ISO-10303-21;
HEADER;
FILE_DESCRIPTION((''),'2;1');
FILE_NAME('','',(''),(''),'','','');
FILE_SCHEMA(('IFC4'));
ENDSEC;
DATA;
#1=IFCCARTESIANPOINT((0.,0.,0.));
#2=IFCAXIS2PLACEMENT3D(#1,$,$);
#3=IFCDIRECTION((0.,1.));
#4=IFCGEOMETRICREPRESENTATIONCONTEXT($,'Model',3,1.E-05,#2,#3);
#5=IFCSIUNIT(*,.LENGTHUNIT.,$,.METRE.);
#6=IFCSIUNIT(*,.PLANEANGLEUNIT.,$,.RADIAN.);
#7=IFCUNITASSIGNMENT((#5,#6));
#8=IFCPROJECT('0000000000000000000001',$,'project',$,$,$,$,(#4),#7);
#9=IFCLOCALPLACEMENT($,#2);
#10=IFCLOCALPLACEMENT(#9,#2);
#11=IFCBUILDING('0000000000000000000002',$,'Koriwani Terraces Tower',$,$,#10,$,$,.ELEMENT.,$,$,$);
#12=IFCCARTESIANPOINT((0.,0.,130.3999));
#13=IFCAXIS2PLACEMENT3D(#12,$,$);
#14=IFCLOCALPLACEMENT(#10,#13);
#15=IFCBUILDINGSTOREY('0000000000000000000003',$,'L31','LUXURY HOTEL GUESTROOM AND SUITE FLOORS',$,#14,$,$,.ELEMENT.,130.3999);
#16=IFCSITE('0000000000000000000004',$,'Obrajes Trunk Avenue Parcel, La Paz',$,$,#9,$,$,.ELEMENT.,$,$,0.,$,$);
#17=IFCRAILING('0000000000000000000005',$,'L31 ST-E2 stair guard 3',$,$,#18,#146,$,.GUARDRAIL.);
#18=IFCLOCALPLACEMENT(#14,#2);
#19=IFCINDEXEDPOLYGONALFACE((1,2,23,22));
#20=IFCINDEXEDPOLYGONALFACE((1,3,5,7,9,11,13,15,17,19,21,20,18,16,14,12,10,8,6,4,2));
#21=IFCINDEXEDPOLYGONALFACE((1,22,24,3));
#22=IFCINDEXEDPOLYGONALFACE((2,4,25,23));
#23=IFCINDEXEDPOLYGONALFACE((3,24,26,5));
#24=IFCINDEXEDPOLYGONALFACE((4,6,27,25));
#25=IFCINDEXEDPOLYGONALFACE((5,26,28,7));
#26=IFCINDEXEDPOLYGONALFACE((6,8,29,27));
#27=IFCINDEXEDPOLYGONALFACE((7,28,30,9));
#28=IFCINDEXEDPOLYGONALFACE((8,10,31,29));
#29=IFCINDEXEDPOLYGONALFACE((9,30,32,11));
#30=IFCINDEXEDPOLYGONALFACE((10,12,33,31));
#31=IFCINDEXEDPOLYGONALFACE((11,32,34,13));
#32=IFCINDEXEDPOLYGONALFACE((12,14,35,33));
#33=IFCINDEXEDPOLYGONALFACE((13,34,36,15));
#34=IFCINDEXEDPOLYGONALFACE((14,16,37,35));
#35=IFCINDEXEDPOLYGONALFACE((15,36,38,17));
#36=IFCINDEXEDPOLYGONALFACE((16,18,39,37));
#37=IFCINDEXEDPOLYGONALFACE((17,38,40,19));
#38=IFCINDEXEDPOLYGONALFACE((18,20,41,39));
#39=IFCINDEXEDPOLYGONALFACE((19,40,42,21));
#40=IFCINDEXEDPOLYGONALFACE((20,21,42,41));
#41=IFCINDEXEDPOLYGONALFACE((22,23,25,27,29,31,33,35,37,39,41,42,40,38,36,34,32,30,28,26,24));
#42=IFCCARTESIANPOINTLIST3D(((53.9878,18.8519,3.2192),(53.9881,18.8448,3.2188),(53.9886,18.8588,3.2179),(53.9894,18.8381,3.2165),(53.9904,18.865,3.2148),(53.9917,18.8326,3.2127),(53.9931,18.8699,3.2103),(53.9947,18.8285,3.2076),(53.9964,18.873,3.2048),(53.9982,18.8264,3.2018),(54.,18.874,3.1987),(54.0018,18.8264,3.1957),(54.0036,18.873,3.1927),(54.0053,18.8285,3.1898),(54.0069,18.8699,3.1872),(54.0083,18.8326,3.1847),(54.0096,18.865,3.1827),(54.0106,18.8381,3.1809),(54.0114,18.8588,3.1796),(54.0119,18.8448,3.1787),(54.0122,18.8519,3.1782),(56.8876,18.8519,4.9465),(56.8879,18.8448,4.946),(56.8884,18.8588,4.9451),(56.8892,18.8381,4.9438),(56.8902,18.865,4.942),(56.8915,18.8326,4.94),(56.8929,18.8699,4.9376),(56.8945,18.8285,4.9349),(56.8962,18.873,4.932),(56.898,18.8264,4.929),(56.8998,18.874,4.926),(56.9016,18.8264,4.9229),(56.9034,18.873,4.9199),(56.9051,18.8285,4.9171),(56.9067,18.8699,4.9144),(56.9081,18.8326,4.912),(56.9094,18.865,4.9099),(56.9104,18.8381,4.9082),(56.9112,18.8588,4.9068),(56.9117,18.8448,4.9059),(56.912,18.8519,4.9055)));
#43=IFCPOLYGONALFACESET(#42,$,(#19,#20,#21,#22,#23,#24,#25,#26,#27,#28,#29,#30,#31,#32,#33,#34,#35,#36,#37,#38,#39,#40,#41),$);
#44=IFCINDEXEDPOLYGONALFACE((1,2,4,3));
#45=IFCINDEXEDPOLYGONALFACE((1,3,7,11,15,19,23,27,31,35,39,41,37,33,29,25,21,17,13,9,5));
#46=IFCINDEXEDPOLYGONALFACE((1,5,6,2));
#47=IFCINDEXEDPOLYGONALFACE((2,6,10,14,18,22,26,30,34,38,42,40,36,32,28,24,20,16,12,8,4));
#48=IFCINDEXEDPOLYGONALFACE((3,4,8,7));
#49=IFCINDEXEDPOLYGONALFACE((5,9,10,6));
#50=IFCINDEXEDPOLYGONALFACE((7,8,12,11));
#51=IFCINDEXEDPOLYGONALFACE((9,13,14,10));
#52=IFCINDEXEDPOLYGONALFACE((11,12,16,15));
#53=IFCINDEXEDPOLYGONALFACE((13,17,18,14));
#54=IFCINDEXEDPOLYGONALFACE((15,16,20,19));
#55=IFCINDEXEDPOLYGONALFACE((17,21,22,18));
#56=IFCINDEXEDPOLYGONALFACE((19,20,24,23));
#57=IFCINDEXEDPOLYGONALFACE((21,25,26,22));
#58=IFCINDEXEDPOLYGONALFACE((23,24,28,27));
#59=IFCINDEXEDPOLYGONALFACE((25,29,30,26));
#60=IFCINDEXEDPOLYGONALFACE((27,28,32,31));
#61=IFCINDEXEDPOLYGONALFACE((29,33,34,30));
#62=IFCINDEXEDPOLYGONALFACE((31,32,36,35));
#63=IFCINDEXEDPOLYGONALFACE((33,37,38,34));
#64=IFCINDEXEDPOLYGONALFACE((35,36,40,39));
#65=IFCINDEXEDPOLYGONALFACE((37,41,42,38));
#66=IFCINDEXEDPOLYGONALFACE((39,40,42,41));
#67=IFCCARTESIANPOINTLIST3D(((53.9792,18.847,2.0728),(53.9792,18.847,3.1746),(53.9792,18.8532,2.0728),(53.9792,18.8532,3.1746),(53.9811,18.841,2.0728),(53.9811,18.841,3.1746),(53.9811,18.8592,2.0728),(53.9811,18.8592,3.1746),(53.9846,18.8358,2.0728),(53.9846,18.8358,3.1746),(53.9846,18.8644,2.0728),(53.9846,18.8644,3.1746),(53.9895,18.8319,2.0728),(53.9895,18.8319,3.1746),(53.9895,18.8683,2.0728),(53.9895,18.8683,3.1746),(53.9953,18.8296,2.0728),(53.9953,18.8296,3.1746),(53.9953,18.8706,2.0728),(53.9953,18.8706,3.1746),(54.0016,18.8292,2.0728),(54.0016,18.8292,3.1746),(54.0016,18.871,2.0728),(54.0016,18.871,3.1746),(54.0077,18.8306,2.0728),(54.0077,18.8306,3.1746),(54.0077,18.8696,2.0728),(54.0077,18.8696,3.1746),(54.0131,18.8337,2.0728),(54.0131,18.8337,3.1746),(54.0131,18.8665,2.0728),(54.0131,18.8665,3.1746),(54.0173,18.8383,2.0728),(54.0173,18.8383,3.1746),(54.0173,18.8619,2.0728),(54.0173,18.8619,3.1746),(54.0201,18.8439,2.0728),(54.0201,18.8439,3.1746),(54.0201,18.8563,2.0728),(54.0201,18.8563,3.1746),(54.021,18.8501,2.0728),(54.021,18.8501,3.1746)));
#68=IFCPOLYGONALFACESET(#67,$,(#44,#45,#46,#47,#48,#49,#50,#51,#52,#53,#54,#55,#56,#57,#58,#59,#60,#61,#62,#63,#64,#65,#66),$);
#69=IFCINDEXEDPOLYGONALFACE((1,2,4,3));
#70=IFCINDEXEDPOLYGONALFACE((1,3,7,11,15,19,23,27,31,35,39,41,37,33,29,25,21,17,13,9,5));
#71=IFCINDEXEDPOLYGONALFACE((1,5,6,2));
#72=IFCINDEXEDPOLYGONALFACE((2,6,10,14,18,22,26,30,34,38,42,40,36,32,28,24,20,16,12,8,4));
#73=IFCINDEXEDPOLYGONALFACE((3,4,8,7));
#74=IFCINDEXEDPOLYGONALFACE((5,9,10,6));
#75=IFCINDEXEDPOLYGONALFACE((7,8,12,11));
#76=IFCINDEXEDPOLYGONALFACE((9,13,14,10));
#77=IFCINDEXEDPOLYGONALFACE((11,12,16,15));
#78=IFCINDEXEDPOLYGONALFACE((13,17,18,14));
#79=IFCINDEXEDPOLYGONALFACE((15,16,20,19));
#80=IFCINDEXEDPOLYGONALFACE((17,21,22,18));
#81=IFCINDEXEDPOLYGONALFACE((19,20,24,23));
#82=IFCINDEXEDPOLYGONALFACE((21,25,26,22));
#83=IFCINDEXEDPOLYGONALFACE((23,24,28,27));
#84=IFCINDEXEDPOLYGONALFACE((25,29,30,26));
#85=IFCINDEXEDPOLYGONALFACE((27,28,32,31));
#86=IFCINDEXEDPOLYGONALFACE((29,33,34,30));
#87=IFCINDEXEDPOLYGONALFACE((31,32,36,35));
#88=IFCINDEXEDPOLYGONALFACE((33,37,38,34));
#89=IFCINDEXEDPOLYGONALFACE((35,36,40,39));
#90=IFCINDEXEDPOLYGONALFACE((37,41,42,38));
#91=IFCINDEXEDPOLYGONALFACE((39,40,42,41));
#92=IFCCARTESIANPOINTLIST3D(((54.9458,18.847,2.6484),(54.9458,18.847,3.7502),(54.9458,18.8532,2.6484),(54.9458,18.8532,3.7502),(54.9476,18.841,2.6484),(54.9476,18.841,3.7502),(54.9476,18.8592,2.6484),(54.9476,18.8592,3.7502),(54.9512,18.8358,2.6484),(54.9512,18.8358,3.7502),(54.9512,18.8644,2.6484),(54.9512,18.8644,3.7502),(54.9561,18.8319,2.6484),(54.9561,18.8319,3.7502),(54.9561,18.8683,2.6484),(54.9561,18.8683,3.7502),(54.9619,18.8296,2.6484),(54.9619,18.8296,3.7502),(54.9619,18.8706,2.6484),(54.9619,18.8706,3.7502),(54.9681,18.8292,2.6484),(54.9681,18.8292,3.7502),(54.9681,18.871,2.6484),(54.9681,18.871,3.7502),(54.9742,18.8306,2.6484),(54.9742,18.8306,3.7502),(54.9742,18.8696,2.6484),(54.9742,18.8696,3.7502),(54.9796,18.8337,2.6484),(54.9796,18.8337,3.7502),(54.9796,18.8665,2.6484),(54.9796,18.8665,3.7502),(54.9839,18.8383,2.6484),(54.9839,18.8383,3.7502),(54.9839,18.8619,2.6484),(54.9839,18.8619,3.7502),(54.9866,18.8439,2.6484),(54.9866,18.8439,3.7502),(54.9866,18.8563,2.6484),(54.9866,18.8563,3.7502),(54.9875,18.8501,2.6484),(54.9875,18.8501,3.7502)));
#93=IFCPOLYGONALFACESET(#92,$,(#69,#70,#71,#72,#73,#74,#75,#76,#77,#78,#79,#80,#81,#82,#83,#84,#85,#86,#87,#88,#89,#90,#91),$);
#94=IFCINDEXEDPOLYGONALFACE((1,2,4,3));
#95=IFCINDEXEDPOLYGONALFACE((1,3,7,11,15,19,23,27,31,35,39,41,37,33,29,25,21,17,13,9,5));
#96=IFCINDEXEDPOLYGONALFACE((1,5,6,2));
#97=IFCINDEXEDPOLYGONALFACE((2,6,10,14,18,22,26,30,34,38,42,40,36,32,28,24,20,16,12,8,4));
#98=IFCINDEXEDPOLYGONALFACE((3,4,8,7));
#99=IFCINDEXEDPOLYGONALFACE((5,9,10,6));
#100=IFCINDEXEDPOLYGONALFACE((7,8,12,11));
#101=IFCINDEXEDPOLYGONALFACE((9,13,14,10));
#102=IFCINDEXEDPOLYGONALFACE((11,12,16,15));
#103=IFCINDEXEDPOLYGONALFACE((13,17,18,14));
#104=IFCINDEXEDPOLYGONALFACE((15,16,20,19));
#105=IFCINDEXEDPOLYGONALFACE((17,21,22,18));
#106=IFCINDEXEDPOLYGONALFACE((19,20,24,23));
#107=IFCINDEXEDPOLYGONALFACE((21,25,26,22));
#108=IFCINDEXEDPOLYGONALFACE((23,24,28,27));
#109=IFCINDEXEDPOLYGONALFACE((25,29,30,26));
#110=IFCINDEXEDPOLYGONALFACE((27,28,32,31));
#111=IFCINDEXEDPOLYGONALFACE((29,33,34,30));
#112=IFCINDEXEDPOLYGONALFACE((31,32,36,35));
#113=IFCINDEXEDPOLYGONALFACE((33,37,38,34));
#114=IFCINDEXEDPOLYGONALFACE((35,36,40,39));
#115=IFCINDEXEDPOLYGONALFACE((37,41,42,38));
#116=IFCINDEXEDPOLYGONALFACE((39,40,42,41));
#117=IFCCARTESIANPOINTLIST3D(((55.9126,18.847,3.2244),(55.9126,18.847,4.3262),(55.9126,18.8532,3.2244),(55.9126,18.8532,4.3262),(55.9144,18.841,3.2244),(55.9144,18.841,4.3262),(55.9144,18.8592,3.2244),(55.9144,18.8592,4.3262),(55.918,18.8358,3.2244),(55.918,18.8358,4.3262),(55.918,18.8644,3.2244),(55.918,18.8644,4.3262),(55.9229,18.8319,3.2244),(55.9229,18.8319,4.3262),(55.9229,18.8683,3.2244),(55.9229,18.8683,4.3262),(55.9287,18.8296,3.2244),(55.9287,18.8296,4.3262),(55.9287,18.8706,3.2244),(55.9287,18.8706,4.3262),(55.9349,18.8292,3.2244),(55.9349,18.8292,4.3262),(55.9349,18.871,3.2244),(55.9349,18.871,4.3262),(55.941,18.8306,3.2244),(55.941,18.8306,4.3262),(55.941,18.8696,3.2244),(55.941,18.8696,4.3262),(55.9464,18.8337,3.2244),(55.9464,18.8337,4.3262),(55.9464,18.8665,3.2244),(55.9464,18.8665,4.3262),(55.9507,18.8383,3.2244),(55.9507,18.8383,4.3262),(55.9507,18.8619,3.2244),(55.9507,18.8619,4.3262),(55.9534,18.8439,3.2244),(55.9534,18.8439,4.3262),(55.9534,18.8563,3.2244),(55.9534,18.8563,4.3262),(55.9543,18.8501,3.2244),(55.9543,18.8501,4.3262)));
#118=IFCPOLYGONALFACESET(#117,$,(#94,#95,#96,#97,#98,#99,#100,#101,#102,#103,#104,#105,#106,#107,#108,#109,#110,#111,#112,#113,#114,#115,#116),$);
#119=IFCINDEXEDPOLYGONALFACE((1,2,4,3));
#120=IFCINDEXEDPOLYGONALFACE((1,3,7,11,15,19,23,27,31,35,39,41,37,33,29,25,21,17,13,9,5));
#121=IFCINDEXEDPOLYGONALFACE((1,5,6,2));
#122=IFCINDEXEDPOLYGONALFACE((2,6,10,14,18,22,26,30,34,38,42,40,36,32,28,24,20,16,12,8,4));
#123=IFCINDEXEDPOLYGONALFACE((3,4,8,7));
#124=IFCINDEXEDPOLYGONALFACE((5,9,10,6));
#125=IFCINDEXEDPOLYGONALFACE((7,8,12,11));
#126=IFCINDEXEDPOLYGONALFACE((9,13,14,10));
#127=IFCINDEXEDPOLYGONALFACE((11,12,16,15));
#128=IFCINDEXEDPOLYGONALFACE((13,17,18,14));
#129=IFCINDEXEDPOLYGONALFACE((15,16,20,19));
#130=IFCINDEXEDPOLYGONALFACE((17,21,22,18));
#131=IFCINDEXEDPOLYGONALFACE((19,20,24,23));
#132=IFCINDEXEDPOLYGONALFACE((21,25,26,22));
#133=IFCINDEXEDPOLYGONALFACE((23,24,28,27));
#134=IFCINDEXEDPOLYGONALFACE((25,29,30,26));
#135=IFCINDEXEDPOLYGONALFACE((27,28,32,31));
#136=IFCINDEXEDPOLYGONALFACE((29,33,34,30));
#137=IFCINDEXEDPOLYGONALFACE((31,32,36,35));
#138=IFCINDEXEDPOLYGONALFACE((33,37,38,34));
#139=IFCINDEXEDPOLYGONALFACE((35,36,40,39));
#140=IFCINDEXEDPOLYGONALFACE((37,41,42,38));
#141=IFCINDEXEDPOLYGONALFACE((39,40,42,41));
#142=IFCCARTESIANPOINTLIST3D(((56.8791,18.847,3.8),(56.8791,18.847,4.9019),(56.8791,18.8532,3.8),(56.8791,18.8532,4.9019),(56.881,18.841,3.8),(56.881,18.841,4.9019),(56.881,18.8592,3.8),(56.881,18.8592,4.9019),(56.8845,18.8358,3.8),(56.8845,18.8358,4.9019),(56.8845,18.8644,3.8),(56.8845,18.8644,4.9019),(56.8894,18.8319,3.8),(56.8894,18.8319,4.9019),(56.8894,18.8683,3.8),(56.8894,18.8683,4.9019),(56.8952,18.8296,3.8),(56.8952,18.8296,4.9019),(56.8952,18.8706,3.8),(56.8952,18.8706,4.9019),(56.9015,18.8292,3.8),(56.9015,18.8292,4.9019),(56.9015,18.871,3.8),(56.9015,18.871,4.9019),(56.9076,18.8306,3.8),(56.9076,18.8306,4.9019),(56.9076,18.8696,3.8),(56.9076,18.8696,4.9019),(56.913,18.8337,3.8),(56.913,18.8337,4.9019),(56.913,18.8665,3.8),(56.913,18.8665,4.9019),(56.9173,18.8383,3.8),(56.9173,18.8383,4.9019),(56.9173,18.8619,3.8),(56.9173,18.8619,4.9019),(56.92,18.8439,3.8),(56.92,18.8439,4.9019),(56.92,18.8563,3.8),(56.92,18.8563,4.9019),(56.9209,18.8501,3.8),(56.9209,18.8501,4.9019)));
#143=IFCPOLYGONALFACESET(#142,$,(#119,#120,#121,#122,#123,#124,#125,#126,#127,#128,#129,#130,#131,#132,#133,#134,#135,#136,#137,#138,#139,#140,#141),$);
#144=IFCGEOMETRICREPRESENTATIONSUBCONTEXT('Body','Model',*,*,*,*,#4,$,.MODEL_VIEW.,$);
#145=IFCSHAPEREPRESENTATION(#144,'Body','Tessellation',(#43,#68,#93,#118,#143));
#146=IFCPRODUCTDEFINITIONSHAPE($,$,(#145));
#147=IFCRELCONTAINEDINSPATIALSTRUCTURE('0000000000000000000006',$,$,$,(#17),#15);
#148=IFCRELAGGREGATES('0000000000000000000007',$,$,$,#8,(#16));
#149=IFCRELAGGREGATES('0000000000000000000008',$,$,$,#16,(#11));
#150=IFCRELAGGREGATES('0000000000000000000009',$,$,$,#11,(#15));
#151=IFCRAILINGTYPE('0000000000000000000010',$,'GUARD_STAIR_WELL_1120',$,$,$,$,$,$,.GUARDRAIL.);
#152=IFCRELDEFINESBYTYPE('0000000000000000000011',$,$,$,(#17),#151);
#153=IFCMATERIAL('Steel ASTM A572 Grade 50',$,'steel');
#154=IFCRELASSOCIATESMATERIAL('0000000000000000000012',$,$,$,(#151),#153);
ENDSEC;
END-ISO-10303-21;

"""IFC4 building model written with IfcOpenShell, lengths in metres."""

from ifc_helpers import new_model, si_unit, direction, frame, origin, origin_2d, place, context, subcontext, project, spatial, circle, extrude, material, type_object, element, save


model = new_model("IFC4")

# Units and contexts
model_context = context("Model", 3, precision=1e-05, world=origin(), true_north=direction((0.0, 1.0)))
body_context = subcontext(model_context, "Body", "Model", "MODEL_VIEW")
ifc_project = project(units=[si_unit("LENGTHUNIT", "METRE"), si_unit("PLANEANGLEUNIT", "RADIAN")], contexts=[model_context])

# Site, building, storey
site_placement = place(None, origin())
site = spatial("IfcSite", under=ifc_project, at=site_placement, Name="Obrajes Trunk Avenue Parcel, La Paz", CompositionType="ELEMENT", RefElevation=0.0)
building_placement = place(site_placement, origin())
building = spatial("IfcBuilding", under=site, at=building_placement, Name="Koriwani Terraces Tower", CompositionType="ELEMENT")
storey_placement = place(building_placement, frame((0.0, 0.0, 130.3999)))
storey = spatial("IfcBuildingStorey", under=building, at=storey_placement, Name="L31", Description="LUXURY HOTEL GUESTROOM AND SUITE FLOORS", CompositionType="ELEMENT", Elevation=130.3999)

# Shared definitions
ifc_material_1 = material(Name="Steel ASTM A572 Grade 50", Category="steel")

# Railing
railing_type_1 = type_object("IfcRailingType", Name="GUARD_STAIR_WELL_1120", PredefinedType="GUARDRAIL", material=ifc_material_1)
railing_1_placement = place(storey_placement, frame((54.0, 18.8501, 2.0728)))
element("IfcRailing", 1, at=railing_1_placement, inside=storey, type_object=railing_type_1, Name="L31 ST-E2 stair guard 3", PredefinedType="GUARDRAIL", context=body_context, shape_type="SweptSolid", body=[
    extrude(circle(Radius=0.0239, at=origin_2d()), frame((0.0, 0.0, 1.126), z_axis=(0.859141, 0.0, 0.511738), x_axis=(0.0, 1.0, 0.0)), (0.0, 0.0, 1.0), 3.3752),
    extrude(circle(Radius=0.021, at=origin_2d()), origin(), (0.0, 0.0, 1.0), 1.1018),
    extrude(circle(Radius=0.021, at=origin_2d()), frame((0.9666, 0.0, 0.5757)), (0.0, 0.0, 1.0), 1.1018),
    extrude(circle(Radius=0.021, at=origin_2d()), frame((1.9333, 0.0, 1.1516)), (0.0, 0.0, 1.0), 1.1018),
    extrude(circle(Radius=0.021, at=origin_2d()), frame((2.8999, 0.0, 1.7273)), (0.0, 0.0, 1.0), 1.1018),
])

save(model, "model.ifc")
